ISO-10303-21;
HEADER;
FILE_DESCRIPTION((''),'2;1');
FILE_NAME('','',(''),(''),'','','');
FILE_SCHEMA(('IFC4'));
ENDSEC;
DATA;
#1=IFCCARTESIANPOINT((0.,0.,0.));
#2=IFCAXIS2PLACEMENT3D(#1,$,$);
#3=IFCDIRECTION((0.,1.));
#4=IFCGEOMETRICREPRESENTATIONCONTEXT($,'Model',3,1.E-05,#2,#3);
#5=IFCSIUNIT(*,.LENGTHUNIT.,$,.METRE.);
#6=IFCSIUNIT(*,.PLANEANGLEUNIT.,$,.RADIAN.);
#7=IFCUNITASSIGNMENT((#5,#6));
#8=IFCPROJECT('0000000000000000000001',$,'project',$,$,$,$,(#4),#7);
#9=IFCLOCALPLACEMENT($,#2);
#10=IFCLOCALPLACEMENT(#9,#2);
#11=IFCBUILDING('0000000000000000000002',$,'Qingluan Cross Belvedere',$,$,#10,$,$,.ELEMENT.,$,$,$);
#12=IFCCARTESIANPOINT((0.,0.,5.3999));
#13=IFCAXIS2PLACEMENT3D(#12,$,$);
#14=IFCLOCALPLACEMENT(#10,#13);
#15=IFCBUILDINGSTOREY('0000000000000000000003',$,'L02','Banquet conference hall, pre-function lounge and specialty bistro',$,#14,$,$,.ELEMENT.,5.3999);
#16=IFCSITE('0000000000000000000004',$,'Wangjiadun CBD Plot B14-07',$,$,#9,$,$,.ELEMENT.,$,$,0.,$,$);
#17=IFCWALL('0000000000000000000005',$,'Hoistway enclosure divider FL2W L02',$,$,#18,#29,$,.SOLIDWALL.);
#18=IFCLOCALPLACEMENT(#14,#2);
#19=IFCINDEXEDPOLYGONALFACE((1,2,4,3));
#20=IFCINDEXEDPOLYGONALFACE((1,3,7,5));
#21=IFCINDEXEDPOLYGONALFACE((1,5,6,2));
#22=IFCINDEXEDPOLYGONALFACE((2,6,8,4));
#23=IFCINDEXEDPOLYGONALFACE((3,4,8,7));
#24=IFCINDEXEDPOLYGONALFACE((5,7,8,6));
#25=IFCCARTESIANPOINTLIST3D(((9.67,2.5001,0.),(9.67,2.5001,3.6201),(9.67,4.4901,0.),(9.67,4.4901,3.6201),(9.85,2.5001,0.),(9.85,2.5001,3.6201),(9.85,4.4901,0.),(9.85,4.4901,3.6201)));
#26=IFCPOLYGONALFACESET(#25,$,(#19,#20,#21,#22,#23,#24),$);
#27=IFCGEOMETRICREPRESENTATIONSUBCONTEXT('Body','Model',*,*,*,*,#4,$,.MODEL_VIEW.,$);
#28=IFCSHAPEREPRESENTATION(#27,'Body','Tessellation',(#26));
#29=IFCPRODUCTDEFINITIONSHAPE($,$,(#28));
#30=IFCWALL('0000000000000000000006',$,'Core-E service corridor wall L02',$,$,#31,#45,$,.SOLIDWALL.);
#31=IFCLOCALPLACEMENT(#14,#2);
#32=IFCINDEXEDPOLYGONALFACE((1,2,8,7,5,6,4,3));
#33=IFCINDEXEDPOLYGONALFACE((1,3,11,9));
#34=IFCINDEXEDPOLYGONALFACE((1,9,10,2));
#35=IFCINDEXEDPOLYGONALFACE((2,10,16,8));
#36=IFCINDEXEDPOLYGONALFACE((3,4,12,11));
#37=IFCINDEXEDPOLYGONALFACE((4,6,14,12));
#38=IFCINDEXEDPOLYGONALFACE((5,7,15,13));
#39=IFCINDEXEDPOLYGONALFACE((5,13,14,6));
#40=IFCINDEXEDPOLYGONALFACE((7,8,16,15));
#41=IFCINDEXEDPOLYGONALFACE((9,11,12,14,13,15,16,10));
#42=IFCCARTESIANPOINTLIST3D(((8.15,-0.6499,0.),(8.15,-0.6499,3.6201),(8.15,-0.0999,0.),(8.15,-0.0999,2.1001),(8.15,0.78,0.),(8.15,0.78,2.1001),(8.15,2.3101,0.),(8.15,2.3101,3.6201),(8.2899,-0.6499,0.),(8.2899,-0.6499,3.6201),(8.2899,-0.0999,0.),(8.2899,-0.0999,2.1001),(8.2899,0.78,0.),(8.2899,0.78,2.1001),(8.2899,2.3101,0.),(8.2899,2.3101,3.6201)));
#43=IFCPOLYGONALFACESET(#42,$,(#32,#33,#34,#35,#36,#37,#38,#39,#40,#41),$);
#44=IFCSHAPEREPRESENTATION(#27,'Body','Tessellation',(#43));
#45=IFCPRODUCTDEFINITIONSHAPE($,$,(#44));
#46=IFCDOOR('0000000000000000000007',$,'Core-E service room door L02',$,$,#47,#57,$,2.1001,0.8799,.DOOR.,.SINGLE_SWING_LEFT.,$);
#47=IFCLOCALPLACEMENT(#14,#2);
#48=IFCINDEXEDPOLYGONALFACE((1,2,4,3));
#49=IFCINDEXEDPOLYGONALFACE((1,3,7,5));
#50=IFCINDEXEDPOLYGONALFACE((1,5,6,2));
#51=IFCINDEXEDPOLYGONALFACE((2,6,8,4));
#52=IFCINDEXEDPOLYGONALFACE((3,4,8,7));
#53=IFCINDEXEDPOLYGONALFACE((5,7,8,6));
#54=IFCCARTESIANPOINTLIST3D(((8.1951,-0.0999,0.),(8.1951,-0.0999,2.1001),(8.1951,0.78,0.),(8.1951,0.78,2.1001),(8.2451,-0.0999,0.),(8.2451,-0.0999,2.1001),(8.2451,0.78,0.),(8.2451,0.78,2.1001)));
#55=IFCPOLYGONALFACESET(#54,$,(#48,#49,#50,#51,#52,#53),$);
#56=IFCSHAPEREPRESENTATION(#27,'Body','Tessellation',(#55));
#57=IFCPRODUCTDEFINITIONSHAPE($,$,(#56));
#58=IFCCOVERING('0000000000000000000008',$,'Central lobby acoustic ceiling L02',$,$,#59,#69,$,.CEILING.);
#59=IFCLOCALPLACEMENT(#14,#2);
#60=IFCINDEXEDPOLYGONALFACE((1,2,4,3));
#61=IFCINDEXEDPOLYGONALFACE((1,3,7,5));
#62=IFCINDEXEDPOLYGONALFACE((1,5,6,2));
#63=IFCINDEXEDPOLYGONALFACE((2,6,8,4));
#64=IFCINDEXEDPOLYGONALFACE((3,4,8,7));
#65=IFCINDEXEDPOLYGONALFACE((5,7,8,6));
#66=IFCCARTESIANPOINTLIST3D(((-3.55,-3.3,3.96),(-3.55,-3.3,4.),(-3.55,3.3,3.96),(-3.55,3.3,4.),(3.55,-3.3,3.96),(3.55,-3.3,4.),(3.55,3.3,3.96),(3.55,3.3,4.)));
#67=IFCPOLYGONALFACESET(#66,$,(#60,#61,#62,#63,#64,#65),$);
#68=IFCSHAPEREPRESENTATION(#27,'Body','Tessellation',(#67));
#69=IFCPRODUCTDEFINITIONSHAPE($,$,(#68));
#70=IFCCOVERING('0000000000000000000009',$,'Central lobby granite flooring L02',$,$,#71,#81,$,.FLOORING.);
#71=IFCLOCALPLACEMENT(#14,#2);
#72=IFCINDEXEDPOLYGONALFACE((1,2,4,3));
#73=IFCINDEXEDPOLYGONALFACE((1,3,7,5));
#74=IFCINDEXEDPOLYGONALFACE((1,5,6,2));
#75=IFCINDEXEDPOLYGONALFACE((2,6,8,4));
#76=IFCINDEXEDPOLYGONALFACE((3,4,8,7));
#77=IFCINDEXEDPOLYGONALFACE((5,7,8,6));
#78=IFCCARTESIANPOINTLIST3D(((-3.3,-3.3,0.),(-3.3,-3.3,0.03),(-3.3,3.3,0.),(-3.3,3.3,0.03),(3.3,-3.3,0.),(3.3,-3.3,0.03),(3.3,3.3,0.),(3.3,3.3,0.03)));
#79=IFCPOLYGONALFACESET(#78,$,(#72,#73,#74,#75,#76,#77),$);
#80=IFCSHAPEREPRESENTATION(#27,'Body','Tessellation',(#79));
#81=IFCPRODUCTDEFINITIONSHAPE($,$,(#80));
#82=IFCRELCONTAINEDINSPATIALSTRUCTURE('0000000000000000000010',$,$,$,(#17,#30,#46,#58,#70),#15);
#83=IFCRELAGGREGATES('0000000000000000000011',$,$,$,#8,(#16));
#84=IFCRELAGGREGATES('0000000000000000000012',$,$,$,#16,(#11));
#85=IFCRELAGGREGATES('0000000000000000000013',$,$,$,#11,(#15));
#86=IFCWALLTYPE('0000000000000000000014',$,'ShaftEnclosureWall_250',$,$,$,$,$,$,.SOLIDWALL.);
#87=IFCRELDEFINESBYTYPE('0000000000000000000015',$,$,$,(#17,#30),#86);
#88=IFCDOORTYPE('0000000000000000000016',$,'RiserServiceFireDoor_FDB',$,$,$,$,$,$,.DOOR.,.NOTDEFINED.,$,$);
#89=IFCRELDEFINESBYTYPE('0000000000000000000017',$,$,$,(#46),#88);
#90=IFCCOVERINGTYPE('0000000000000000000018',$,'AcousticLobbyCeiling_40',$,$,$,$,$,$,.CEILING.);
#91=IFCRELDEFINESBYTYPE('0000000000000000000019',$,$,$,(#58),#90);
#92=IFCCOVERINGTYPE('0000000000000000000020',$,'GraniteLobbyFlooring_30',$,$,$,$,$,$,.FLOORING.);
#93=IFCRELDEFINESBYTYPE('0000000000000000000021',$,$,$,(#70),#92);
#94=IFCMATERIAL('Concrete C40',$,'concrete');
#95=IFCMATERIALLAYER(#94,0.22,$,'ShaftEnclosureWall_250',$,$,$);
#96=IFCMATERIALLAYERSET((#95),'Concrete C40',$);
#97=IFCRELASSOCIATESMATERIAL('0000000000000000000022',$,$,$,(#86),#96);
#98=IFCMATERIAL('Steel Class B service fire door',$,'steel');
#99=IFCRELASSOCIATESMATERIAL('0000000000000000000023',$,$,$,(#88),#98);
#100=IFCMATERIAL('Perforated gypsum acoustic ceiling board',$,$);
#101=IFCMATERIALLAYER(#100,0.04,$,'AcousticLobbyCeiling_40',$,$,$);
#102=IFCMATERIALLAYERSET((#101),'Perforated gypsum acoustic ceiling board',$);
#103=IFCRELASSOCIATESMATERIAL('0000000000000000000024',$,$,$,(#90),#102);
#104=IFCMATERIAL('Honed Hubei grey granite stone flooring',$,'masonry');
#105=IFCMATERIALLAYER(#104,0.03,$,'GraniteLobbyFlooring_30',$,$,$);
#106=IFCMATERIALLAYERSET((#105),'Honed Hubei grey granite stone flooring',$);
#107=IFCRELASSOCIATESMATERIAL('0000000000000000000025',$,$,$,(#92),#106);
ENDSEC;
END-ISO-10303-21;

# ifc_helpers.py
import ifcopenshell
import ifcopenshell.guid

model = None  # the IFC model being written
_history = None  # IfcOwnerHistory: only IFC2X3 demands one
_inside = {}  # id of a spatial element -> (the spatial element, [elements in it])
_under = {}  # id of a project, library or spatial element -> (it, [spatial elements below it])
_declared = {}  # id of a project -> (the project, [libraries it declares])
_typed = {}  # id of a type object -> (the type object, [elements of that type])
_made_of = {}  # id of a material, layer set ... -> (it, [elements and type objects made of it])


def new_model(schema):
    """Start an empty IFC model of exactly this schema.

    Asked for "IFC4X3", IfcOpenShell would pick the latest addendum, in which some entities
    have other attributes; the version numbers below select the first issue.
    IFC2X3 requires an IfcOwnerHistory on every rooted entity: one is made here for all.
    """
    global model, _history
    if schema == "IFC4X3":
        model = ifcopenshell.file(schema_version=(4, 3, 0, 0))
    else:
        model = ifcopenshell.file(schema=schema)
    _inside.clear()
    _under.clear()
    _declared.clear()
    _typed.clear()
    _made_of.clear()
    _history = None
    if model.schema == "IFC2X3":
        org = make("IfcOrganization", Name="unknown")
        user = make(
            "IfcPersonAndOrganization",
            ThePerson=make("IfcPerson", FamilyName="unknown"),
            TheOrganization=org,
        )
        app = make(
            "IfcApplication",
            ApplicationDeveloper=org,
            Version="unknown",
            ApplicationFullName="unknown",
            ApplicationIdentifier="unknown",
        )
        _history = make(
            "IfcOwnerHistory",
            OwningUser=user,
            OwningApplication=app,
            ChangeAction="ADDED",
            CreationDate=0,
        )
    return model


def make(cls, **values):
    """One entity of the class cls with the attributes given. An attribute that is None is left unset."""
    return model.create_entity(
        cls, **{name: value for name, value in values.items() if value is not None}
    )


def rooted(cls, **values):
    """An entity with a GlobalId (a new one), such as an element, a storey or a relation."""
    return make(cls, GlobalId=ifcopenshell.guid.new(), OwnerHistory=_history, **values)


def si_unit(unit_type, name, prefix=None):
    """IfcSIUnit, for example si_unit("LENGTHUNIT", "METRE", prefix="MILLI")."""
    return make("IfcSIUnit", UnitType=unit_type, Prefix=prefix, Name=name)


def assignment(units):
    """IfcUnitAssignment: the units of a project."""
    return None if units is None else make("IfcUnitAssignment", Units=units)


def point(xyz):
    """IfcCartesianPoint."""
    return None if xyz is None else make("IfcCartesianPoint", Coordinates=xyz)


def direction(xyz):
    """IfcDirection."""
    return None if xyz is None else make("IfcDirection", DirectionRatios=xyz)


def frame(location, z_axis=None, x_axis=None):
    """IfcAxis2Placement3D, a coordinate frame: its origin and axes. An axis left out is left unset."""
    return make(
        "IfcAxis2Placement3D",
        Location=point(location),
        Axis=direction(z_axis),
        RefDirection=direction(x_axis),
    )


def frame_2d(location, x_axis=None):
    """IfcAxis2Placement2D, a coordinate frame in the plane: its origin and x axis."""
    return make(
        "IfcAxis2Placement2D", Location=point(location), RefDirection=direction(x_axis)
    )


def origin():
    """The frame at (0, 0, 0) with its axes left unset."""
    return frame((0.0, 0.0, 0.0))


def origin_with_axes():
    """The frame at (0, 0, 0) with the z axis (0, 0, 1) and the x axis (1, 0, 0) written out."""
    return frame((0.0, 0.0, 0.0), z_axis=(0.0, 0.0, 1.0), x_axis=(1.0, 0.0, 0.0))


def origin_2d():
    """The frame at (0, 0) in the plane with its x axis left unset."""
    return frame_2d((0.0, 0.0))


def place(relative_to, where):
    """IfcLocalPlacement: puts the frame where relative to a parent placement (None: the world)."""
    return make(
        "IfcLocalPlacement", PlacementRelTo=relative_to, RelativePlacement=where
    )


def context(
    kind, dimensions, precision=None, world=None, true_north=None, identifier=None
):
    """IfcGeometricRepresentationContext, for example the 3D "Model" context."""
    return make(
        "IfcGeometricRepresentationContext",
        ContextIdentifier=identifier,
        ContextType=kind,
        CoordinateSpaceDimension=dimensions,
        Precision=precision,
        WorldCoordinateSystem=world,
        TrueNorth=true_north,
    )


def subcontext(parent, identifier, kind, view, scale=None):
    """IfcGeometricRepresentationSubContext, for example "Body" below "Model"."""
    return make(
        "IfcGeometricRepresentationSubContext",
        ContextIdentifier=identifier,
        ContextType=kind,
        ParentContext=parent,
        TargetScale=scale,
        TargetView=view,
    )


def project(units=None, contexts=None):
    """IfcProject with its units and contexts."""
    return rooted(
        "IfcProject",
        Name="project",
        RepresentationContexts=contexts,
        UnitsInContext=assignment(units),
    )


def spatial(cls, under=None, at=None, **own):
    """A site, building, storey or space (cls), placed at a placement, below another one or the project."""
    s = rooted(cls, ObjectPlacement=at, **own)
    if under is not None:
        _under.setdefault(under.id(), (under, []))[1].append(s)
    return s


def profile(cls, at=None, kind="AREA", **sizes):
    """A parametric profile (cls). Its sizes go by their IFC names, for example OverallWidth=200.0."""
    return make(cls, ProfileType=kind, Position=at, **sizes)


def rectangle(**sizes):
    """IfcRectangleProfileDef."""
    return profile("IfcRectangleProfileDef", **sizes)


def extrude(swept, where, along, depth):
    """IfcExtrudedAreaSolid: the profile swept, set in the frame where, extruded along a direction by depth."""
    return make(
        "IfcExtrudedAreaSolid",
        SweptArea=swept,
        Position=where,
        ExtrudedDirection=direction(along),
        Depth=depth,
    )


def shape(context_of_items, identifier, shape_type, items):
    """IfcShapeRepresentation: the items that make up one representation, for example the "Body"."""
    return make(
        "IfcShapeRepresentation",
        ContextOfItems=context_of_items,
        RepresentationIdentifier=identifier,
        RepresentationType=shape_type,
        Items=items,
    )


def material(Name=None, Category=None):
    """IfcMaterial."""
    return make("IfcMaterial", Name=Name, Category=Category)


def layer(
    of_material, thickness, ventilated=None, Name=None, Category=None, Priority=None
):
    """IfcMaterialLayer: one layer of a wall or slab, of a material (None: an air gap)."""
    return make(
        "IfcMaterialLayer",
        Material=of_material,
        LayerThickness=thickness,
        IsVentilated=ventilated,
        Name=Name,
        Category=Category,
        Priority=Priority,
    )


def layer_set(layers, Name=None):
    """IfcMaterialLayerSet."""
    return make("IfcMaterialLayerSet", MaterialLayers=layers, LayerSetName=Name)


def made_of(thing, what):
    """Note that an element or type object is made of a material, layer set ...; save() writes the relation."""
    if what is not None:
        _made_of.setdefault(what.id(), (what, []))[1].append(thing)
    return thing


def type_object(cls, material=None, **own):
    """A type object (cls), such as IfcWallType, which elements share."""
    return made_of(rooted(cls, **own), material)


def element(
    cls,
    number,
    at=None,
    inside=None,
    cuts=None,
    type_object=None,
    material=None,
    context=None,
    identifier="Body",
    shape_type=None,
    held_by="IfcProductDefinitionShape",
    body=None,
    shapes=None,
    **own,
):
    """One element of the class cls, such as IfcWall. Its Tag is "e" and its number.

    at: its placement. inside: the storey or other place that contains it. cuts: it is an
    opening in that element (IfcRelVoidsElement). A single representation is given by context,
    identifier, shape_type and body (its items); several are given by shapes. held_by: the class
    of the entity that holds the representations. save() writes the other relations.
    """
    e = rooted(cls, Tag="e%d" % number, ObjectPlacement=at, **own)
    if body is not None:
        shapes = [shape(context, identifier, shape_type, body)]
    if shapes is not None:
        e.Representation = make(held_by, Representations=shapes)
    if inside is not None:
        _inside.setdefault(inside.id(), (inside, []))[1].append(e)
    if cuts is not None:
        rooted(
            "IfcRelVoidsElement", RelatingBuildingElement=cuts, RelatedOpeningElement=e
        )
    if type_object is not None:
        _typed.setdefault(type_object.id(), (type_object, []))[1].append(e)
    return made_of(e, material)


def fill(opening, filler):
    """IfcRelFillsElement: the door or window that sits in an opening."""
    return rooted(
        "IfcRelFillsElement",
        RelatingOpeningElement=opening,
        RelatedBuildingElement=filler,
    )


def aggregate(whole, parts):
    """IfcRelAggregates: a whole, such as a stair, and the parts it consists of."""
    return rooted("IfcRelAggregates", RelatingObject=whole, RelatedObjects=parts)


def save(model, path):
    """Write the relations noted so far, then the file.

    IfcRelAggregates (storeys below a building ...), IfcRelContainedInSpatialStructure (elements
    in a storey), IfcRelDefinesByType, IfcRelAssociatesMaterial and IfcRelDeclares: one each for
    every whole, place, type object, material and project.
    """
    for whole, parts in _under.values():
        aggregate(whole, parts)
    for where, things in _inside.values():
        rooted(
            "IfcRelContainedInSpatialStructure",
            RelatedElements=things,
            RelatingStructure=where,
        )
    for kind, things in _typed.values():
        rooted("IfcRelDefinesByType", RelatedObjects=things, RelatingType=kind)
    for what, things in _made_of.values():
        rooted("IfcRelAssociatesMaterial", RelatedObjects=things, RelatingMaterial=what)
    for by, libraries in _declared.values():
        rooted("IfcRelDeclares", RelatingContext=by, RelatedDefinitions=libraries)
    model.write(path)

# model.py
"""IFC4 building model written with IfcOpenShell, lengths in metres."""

from ifc_helpers import new_model, si_unit, direction, frame, frame_2d, origin, origin_with_axes, origin_2d, place, context, subcontext, project, spatial, rectangle, extrude, material, layer, layer_set, type_object, element, fill, save


model = new_model("IFC4")

# Units and contexts
model_context = context("Model", 3, precision=1e-05, world=origin(), true_north=direction((0.0, 1.0)))
body_context = subcontext(model_context, "Body", "Model", "MODEL_VIEW")
ifc_project = project(units=[si_unit("LENGTHUNIT", "METRE"), si_unit("PLANEANGLEUNIT", "RADIAN")], contexts=[model_context])

# Site, building, storey
site_placement = place(None, origin())
site = spatial("IfcSite", under=ifc_project, at=site_placement, Name="Wangjiadun CBD Plot B14-07", CompositionType="ELEMENT", RefElevation=0.0)
building_placement = place(site_placement, origin())
building = spatial("IfcBuilding", under=site, at=building_placement, Name="Qingluan Cross Belvedere", CompositionType="ELEMENT")
storey_placement = place(building_placement, frame((0.0, 0.0, 5.3999)))
storey = spatial("IfcBuildingStorey", under=building, at=storey_placement, Name="L02", Description="Banquet conference hall, pre-function lounge and specialty bistro", CompositionType="ELEMENT", Elevation=5.3999)

# Shared definitions
ifc_material_1 = material(Name="Concrete C40", Category="concrete")
ifc_layer_1 = layer(ifc_material_1, 0.22, Name="ShaftEnclosureWall_250")
ifc_layer_set_1 = layer_set([ifc_layer_1], Name="Concrete C40")
wall_type_1 = type_object("IfcWallType", Name="ShaftEnclosureWall_250", PredefinedType="SOLIDWALL", material=ifc_layer_set_1)

# Wall
for number, where, z_axis, x_axis, name in (
    (1, (9.76, 2.5, 0.0), (0.0, 0.0, 1.0), (0.0, 1.0, 0.0), "Hoistway enclosure divider FL2W L02"),
):
    element("IfcWall", number, at=place(storey_placement, frame(where, z_axis=z_axis, x_axis=x_axis)), inside=storey, type_object=wall_type_1, Name=name, PredefinedType="SOLIDWALL", context=body_context, shape_type="SweptSolid", body=[
        extrude(rectangle(XDim=1.99, YDim=0.1799, at=frame_2d((0.9951, 0.0))), origin(), (0.0, 0.0, 1.0), 3.6201),
    ])

# Wall, opening, door
wall_1_placement = place(storey_placement, frame((8.22, -0.6499, 0.0), z_axis=(0.0, 0.0, 1.0), x_axis=(0.0, 1.0, 0.0)))
wall_1 = element("IfcWall", 2, at=wall_1_placement, inside=storey, type_object=wall_type_1, Name="Core-E service corridor wall L02", PredefinedType="SOLIDWALL", context=body_context, shape_type="SweptSolid", body=[
    extrude(rectangle(XDim=2.96, YDim=0.1399, at=frame_2d((1.48, 0.0))), origin(), (0.0, 0.0, 1.0), 3.6201),
])
opening_1_placement = place(wall_1_placement, frame((0.55, 0.0, 0.0)))
opening_1 = element("IfcOpeningElement", 3, at=opening_1_placement, cuts=wall_1, PredefinedType="OPENING", context=body_context, shape_type="SweptSolid", body=[
    extrude(rectangle(XDim=0.8799, YDim=2.1001, at=frame_2d((0.4399, 1.05))), frame((0.0, 0.0798, 0.0), z_axis=(0.0, -1.0, 0.0), x_axis=(1.0, 0.0, 0.0)), (0.0, 0.0, 1.0), 0.1599),
])
ifc_material_2 = material(Name="Steel Class B service fire door", Category="steel")
door_type_1 = type_object("IfcDoorType", Name="RiserServiceFireDoor_FDB", OperationType="NOTDEFINED", PredefinedType="DOOR", material=ifc_material_2)
door_1_placement = place(opening_1_placement, origin())
door_1 = element("IfcDoor", 4, at=door_1_placement, inside=storey, type_object=door_type_1, Name="Core-E service room door L02", OperationType="SINGLE_SWING_LEFT", OverallHeight=2.1001, OverallWidth=0.8799, PredefinedType="DOOR", context=body_context, shape_type="SweptSolid", body=[
    extrude(rectangle(XDim=0.8799, YDim=2.1001, at=frame_2d((0.4399, 1.05))), frame((0.0, 0.0249, 0.0), z_axis=(0.0, -1.0, 0.0), x_axis=(1.0, 0.0, 0.0)), (0.0, 0.0, 1.0), 0.05),
])
fill(opening_1, door_1)

# Coverings
ifc_material_3 = material(Name="Perforated gypsum acoustic ceiling board")
ifc_layer_2 = layer(ifc_material_3, 0.04, Name="AcousticLobbyCeiling_40")
ifc_layer_set_2 = layer_set([ifc_layer_2], Name="Perforated gypsum acoustic ceiling board")
covering_type_1 = type_object("IfcCoveringType", Name="AcousticLobbyCeiling_40", PredefinedType="CEILING", material=ifc_layer_set_2)
covering_1_placement = place(storey_placement, frame((0.0, 0.0, 3.96), z_axis=(0.0, 0.0, 1.0), x_axis=(1.0, 0.0, 0.0)))
element("IfcCovering", 5, at=covering_1_placement, inside=storey, type_object=covering_type_1, Name="Central lobby acoustic ceiling L02", PredefinedType="CEILING", context=body_context, shape_type="SweptSolid", body=[
    extrude(rectangle(XDim=7.1001, YDim=6.6001, at=origin_2d()), origin(), (0.0, 0.0, 1.0), 0.04),
])
ifc_material_4 = material(Name="Honed Hubei grey granite stone flooring", Category="masonry")
ifc_layer_3 = layer(ifc_material_4, 0.03, Name="GraniteLobbyFlooring_30")
ifc_layer_set_3 = layer_set([ifc_layer_3], Name="Honed Hubei grey granite stone flooring")
covering_type_2 = type_object("IfcCoveringType", Name="GraniteLobbyFlooring_30", PredefinedType="FLOORING", material=ifc_layer_set_3)
covering_2_placement = place(storey_placement, origin_with_axes())
element("IfcCovering", 6, at=covering_2_placement, inside=storey, type_object=covering_type_2, Name="Central lobby granite flooring L02", PredefinedType="FLOORING", context=body_context, shape_type="SweptSolid", body=[
    extrude(rectangle(XDim=6.6001, YDim=6.6001, at=origin_2d()), origin(), (0.0, 0.0, 1.0), 0.03),
])

save(model, "model.ifc")
